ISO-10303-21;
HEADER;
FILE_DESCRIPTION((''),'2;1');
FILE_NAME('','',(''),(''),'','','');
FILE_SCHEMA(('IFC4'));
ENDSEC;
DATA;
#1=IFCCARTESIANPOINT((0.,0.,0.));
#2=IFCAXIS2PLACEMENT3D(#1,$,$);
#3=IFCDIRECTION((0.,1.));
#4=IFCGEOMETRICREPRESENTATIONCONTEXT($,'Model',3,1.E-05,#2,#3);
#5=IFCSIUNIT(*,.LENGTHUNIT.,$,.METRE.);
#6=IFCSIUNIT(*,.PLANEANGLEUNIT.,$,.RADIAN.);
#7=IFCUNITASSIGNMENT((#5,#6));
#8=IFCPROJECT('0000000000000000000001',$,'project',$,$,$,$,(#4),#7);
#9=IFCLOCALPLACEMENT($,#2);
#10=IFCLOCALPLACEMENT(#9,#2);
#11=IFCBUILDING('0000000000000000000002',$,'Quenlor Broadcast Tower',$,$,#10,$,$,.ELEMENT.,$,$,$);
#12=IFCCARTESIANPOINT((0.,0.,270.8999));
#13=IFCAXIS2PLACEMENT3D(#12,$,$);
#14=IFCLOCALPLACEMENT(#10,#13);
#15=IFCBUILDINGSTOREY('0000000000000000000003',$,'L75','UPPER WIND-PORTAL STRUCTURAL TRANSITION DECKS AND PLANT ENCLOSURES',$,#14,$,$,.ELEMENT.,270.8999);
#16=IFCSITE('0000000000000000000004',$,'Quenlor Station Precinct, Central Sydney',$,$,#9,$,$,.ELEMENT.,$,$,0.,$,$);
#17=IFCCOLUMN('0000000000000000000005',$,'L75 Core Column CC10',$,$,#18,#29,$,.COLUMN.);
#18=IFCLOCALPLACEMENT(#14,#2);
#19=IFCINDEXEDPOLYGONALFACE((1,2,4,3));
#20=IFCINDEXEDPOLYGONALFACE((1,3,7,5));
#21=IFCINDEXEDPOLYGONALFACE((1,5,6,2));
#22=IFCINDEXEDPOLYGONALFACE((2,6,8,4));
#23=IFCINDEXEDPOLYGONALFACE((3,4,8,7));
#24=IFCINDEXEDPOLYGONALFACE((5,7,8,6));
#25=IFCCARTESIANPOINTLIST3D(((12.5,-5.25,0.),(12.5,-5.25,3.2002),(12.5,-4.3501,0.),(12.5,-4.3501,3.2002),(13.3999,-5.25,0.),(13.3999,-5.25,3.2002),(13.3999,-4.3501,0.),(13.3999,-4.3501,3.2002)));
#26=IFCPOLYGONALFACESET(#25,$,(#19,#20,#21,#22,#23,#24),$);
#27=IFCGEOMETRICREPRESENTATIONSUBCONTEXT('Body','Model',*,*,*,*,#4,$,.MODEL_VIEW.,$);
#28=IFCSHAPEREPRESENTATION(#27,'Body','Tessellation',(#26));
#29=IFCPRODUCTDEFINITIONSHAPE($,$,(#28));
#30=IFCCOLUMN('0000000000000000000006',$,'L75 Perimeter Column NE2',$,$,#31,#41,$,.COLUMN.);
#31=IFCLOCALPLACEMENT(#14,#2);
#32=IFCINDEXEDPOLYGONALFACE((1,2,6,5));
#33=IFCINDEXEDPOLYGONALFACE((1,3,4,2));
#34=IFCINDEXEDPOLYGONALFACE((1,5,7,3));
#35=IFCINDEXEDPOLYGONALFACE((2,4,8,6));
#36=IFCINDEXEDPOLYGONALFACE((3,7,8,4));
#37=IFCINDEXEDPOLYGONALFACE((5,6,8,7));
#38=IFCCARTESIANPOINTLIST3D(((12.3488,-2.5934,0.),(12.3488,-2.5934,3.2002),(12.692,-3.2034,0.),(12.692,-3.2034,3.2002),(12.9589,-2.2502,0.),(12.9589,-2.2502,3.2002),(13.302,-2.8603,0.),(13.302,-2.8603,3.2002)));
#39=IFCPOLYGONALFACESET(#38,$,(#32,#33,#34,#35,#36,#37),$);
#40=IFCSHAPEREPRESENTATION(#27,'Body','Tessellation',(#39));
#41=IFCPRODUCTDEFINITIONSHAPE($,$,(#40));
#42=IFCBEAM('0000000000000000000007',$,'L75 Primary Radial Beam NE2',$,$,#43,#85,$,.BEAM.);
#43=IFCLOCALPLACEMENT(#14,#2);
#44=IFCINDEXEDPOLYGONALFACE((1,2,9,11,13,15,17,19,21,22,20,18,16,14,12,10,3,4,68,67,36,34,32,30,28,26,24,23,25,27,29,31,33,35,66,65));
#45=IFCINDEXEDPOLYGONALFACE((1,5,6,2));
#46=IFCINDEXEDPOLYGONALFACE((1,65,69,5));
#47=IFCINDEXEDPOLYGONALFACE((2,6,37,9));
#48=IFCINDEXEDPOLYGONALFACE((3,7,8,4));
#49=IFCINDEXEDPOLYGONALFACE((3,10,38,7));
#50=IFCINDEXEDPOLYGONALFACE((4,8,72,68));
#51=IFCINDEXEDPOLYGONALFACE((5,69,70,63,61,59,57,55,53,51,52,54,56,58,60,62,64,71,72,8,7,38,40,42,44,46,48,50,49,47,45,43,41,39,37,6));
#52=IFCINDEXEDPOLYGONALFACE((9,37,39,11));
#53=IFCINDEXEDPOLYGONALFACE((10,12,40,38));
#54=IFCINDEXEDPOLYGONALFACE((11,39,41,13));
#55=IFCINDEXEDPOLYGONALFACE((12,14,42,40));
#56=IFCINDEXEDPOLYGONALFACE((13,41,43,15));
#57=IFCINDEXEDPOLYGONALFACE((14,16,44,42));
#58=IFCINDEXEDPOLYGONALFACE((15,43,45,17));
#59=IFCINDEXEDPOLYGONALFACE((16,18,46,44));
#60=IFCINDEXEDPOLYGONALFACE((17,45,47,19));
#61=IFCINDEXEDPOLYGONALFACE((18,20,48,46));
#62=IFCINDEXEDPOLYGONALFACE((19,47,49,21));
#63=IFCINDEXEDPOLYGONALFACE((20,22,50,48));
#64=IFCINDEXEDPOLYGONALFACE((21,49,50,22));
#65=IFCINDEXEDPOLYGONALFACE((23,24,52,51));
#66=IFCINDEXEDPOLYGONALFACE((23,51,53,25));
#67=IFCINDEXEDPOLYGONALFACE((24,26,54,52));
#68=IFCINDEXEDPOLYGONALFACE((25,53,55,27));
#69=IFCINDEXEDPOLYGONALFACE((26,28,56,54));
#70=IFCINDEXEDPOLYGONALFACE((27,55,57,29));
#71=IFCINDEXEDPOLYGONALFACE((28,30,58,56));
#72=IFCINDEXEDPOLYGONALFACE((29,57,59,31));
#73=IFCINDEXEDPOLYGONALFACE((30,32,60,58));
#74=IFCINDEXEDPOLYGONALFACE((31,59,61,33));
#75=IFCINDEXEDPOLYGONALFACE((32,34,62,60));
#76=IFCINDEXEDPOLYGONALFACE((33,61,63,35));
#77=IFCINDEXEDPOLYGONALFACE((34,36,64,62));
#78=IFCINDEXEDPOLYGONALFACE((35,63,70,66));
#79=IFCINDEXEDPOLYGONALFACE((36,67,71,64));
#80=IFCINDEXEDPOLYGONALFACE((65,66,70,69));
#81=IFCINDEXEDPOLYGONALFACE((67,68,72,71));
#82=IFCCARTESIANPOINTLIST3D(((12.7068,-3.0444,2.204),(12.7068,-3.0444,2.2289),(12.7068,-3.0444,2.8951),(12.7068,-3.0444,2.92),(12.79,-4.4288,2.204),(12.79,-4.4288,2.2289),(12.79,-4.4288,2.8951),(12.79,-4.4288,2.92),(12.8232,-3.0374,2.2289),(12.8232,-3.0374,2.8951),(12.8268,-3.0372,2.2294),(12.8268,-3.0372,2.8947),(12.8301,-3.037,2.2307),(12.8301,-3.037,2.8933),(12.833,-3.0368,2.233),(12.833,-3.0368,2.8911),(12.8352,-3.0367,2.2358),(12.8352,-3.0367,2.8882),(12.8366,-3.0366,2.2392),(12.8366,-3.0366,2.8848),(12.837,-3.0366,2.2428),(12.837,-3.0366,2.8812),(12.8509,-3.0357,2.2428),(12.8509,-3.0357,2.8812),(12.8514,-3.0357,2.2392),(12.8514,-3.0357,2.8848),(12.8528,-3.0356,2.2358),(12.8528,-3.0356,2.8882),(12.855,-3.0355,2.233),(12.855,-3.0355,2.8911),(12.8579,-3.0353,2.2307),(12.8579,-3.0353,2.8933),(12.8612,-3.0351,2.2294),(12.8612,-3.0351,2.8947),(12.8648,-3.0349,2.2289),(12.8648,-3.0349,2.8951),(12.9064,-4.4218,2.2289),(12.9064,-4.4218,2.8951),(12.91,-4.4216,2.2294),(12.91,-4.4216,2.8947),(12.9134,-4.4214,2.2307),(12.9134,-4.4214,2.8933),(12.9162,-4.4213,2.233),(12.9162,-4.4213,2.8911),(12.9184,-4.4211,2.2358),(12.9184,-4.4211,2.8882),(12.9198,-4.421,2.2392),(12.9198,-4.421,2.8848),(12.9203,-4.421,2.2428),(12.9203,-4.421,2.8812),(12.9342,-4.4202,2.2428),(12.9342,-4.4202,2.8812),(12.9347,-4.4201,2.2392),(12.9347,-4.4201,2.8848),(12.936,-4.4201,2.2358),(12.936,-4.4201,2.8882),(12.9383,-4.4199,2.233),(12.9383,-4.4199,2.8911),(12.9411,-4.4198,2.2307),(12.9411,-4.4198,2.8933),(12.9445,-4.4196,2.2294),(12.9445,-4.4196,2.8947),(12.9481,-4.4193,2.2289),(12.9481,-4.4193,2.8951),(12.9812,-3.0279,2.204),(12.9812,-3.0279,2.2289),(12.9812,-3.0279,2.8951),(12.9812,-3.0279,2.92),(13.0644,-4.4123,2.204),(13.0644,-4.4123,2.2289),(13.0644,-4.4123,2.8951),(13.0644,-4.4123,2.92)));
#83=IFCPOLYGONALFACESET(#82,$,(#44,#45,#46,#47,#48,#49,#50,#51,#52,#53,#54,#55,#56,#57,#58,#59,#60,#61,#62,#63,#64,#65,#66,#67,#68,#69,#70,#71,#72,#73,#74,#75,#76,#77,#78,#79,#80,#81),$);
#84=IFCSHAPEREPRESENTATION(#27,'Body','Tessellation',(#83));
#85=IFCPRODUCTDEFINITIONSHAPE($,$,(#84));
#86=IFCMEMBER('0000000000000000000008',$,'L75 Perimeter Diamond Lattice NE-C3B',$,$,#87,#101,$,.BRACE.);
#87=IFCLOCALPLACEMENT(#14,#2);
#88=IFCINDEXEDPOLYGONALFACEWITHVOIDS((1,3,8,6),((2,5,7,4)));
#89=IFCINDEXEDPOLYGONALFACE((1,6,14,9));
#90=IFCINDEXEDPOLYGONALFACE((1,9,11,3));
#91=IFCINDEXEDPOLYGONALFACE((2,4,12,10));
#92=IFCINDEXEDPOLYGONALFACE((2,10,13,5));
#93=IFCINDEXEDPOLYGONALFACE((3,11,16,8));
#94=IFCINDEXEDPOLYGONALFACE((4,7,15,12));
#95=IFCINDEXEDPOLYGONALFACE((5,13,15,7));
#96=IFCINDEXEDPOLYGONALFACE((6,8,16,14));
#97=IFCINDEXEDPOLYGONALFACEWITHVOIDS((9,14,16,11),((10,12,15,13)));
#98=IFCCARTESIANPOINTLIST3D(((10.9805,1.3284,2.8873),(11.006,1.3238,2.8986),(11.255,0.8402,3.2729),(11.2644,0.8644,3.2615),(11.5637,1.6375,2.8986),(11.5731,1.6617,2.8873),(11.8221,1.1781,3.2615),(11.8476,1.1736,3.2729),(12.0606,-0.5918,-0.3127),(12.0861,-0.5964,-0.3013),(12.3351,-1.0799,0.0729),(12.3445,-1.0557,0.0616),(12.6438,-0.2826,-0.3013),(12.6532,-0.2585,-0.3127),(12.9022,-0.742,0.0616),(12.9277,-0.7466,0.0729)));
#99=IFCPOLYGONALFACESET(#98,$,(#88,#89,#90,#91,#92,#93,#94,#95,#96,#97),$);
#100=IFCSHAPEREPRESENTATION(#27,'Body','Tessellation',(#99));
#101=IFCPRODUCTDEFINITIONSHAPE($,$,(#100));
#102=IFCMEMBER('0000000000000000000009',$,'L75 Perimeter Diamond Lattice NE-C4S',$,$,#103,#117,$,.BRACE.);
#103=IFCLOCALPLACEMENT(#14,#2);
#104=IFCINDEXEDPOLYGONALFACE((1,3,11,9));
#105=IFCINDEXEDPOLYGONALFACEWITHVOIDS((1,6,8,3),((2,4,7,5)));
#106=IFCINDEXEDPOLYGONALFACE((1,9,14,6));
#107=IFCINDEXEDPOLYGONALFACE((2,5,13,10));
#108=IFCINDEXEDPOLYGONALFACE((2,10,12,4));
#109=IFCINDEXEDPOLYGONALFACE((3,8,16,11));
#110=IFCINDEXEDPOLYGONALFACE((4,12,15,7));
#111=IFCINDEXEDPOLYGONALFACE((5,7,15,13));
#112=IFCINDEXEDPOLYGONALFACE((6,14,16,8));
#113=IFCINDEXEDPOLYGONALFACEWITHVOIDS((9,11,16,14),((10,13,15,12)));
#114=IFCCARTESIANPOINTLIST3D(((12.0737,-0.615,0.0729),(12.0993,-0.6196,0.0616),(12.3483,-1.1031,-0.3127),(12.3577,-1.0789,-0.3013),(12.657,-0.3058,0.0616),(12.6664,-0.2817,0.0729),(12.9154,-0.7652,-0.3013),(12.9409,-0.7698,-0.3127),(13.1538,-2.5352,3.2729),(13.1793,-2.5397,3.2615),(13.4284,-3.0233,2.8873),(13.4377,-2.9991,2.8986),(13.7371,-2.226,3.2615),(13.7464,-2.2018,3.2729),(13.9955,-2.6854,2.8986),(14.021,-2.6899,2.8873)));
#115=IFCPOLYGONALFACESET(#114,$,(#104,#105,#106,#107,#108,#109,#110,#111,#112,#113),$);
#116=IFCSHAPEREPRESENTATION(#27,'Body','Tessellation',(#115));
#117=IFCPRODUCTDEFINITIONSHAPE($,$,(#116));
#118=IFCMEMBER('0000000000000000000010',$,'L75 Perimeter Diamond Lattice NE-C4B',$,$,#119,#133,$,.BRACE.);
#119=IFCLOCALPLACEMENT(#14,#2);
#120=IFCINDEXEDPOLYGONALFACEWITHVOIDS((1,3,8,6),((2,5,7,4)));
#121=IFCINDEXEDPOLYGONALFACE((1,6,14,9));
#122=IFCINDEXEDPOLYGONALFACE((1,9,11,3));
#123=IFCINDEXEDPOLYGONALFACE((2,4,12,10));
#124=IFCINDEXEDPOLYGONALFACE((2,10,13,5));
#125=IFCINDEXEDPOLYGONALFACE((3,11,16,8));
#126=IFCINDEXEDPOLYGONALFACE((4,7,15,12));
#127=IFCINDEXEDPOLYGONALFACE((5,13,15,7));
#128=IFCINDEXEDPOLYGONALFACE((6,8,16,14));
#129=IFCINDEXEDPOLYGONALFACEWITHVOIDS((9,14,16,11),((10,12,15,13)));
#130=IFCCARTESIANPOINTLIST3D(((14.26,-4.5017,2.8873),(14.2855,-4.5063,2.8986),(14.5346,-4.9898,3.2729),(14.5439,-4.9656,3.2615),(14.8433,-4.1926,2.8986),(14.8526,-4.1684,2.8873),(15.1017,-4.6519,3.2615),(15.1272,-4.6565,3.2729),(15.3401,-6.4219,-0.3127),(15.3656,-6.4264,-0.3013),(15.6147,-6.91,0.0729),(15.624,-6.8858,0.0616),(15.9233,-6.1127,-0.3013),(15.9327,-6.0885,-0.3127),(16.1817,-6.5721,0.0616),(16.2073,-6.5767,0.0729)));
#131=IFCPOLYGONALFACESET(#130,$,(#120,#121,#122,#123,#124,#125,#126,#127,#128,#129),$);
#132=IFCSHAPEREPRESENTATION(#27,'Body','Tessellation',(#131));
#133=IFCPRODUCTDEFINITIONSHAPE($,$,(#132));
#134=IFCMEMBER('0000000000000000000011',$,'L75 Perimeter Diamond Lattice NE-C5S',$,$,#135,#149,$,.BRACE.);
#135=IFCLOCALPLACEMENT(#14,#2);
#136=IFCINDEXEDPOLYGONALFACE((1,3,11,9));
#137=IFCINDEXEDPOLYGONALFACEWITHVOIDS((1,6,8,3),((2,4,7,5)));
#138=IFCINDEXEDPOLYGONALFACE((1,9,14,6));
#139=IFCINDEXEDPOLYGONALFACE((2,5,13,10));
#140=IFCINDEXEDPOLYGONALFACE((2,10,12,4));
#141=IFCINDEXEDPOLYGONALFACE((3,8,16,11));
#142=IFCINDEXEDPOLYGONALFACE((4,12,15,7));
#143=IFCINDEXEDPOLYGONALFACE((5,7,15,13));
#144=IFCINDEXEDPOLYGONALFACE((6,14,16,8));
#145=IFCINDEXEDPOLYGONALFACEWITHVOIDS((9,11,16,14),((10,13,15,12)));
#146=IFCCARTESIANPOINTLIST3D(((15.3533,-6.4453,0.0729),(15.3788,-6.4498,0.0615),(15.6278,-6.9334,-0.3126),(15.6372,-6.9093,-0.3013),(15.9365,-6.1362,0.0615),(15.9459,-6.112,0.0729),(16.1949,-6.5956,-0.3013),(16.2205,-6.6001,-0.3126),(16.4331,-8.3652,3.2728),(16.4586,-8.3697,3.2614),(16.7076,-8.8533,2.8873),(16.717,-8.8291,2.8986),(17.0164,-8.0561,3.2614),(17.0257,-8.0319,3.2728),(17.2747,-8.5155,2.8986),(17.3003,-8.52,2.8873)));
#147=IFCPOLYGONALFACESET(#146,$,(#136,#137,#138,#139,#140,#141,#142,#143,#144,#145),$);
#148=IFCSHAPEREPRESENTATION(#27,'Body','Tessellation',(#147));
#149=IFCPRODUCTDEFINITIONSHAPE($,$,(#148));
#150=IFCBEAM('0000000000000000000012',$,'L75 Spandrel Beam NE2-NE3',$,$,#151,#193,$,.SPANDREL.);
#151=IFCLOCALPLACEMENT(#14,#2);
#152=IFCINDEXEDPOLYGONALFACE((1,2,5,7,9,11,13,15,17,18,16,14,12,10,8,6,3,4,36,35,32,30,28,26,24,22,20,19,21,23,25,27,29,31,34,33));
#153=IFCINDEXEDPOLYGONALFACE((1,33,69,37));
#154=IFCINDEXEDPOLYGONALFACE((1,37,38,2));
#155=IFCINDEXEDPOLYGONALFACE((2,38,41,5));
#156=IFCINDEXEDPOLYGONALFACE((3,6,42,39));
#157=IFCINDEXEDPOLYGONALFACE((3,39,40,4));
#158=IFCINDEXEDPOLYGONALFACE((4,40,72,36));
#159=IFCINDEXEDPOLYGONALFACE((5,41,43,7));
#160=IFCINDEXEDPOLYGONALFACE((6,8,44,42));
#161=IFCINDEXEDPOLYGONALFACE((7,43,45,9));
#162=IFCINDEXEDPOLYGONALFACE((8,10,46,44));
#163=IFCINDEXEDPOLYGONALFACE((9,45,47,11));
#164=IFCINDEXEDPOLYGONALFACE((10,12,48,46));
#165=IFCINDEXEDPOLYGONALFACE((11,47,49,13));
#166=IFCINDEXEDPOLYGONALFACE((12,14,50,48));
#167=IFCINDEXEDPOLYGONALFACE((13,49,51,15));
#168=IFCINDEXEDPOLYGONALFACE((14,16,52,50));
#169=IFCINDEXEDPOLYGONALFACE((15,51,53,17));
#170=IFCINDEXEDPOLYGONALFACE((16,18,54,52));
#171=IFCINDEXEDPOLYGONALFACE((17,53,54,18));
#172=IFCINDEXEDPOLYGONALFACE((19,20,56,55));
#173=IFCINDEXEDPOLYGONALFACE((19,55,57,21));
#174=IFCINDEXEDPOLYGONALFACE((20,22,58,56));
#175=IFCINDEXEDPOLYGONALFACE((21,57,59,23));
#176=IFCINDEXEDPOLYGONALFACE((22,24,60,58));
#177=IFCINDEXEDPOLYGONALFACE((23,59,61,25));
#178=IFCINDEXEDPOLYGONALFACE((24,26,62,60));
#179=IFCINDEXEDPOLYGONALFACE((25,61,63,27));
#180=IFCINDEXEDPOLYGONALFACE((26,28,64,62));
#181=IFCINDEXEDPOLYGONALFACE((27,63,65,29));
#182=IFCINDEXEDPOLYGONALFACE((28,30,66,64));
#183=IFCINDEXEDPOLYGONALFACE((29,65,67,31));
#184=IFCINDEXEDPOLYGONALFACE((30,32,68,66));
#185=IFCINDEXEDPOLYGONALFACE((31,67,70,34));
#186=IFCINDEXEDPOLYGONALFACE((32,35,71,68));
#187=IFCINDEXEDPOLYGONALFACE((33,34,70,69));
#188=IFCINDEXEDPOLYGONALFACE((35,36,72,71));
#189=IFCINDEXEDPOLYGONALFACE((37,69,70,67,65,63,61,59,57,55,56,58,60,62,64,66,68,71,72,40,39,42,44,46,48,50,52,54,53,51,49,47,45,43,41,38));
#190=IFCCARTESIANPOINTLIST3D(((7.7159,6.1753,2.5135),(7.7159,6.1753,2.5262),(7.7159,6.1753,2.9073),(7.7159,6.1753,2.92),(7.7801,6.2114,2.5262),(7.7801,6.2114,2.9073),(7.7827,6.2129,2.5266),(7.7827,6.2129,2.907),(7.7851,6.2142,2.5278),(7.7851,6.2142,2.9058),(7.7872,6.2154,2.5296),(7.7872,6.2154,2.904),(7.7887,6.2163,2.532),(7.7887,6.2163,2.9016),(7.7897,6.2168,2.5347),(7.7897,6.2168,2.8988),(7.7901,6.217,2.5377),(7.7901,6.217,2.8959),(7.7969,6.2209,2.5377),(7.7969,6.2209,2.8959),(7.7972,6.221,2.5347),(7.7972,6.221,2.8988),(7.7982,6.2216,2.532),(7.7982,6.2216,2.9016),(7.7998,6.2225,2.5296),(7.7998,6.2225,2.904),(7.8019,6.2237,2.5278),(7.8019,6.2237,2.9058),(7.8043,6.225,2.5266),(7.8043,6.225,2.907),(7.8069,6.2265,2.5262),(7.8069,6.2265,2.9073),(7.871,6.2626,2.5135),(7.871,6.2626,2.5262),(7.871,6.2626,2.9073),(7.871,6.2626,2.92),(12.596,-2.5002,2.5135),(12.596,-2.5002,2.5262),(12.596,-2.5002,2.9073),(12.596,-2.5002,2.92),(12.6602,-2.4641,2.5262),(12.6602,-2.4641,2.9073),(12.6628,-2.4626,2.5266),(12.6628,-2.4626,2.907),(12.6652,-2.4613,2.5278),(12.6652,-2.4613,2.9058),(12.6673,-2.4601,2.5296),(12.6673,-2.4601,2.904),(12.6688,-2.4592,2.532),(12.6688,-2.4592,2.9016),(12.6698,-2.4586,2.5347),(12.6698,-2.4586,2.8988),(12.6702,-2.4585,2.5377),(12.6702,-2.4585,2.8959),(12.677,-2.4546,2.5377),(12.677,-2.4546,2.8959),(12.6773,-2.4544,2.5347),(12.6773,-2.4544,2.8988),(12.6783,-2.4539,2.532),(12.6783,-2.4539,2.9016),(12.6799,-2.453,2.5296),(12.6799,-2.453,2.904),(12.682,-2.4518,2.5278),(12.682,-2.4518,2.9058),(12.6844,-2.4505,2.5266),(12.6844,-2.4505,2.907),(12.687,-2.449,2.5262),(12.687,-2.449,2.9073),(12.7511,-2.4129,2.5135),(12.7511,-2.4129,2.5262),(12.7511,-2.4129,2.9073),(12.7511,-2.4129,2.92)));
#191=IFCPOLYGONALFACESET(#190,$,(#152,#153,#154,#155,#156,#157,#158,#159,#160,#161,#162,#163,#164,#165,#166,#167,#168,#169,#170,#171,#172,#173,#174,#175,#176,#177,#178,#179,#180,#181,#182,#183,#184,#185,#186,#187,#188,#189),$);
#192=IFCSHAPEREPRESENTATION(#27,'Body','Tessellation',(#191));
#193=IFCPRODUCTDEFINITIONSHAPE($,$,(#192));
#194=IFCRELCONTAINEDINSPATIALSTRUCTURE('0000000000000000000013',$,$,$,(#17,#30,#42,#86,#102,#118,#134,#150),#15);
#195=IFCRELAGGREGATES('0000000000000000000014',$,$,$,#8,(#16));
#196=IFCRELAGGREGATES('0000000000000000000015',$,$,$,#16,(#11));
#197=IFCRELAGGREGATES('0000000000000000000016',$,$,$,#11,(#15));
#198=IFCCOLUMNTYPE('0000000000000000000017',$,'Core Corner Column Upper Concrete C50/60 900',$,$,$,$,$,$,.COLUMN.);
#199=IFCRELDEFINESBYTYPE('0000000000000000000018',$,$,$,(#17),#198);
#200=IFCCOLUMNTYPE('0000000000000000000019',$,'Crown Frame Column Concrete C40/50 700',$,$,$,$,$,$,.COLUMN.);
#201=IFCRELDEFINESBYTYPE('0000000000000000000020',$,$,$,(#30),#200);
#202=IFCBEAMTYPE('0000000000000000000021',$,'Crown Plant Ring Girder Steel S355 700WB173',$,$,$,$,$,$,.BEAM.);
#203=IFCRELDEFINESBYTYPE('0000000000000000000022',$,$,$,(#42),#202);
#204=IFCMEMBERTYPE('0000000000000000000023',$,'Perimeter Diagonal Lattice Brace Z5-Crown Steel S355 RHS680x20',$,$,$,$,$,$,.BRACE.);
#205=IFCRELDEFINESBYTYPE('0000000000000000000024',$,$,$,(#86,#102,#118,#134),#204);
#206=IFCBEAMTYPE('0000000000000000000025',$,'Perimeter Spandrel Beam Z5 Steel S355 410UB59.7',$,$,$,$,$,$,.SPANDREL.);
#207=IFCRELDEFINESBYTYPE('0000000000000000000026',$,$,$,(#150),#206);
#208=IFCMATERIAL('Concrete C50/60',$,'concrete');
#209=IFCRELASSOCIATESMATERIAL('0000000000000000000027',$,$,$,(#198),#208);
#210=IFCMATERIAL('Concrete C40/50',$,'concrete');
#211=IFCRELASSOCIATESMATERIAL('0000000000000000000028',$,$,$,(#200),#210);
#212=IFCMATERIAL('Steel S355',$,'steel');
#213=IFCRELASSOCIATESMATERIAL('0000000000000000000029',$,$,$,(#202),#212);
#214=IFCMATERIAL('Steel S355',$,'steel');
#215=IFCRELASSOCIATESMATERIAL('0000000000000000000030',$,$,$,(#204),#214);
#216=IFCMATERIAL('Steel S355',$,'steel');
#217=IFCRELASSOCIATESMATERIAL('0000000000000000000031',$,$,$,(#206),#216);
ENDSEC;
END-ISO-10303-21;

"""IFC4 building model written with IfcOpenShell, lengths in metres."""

from ifc_helpers import new_model, si_unit, direction, frame, origin, origin_2d, place, context, subcontext, project, spatial, rectangle, hollow_rectangle, i_section, extrude, material, material_profile, profile_set, type_object, element, save


model = new_model("IFC4")

# Units and contexts
model_context = context("Model", 3, precision=1e-05, world=origin(), true_north=direction((0.0, 1.0)))
body_context = subcontext(model_context, "Body", "Model", "MODEL_VIEW")
ifc_project = project(units=[si_unit("LENGTHUNIT", "METRE"), si_unit("PLANEANGLEUNIT", "RADIAN")], contexts=[model_context])

# Site, building, storey
site_placement = place(None, origin())
site = spatial("IfcSite", under=ifc_project, at=site_placement, Name="Quenlor Station Precinct, Central Sydney", CompositionType="ELEMENT", RefElevation=0.0)
building_placement = place(site_placement, origin())
building = spatial("IfcBuilding", under=site, at=building_placement, Name="Quenlor Broadcast Tower", CompositionType="ELEMENT")
storey_placement = place(building_placement, frame((0.0, 0.0, 270.8999)))
storey = spatial("IfcBuildingStorey", under=building, at=storey_placement, Name="L75", Description="UPPER WIND-PORTAL STRUCTURAL TRANSITION DECKS AND PLANT ENCLOSURES", CompositionType="ELEMENT", Elevation=270.8999)

# Columns
ifc_material_1 = material(Name="Concrete C50/60", Category="concrete")
ifc_material_profile_1 = material_profile(ifc_material_1, rectangle(XDim=0.8999, YDim=0.8999, at=origin_2d()))
ifc_profile_set_1 = profile_set([ifc_material_profile_1], Name="Concrete C50/60 RC900x900")
column_type_1 = type_object("IfcColumnType", Name="Core Corner Column Upper Concrete C50/60 900", PredefinedType="COLUMN", material=ifc_profile_set_1)
column_1_placement = place(storey_placement, frame((12.95, -4.8, 0.0), z_axis=(0.0, 0.0, 1.0), x_axis=(1.0, 0.0, 0.0)))
element("IfcColumn", 1, at=column_1_placement, inside=storey, type_object=column_type_1, Name="L75 Core Column CC10", PredefinedType="COLUMN", context=body_context, shape_type="SweptSolid", body=[
    extrude(rectangle(XDim=0.8999, YDim=0.8999, at=origin_2d()), origin(), (0.0, 0.0, 1.0), 3.2002),
])
ifc_material_2 = material(Name="Concrete C40/50", Category="concrete")
ifc_material_profile_2 = material_profile(ifc_material_2, rectangle(XDim=0.7, YDim=0.7, at=origin_2d()))
ifc_profile_set_2 = profile_set([ifc_material_profile_2], Name="Concrete C40/50 RC700x700")
column_type_2 = type_object("IfcColumnType", Name="Crown Frame Column Concrete C40/50 700", PredefinedType="COLUMN", material=ifc_profile_set_2)
column_2_placement = place(storey_placement, frame((12.8254, -2.7268, 0.0), z_axis=(0.0, 0.0, 1.0), x_axis=(0.871575, 0.490262, 0.0)))
element("IfcColumn", 2, at=column_2_placement, inside=storey, type_object=column_type_2, Name="L75 Perimeter Column NE2", PredefinedType="COLUMN", context=body_context, shape_type="SweptSolid", body=[
    extrude(rectangle(XDim=0.7, YDim=0.7, at=origin_2d()), origin(), (0.0, 0.0, 1.0), 3.2002),
])

# Beam
ifc_material_3 = material(Name="Steel S355", Category="steel")
ifc_material_profile_3 = material_profile(ifc_material_3, i_section(OverallWidth=0.2749, OverallDepth=0.7161, WebThickness=0.0139, FlangeThickness=0.0249, FilletRadius=0.0139, at=origin_2d()))
ifc_profile_set_3 = profile_set([ifc_material_profile_3], Name="Steel S355 700WB173")
beam_type_1 = type_object("IfcBeamType", Name="Crown Plant Ring Girder Steel S355 700WB173", PredefinedType="BEAM", material=ifc_profile_set_3)
beam_1_placement = place(storey_placement, frame((12.844, -3.0361, 2.562), z_axis=(0.060022, -0.998197, 0.0), x_axis=(0.998197, 0.060022, 0.0)))
element("IfcBeam", 3, at=beam_1_placement, inside=storey, type_object=beam_type_1, Name="L75 Primary Radial Beam NE2", PredefinedType="BEAM", context=body_context, shape_type="SweptSolid", body=[
    extrude(i_section(OverallWidth=0.2749, OverallDepth=0.7161, WebThickness=0.0139, FlangeThickness=0.0249, FilletRadius=0.0139, at=origin_2d()), origin(), (0.0, 0.0, 1.0), 1.387),
])

# Members
ifc_material_4 = material(Name="Steel S355", Category="steel")
ifc_material_profile_4 = material_profile(ifc_material_4, hollow_rectangle(XDim=0.6799, YDim=0.6799, WallThickness=0.02, at=origin_2d()))
ifc_profile_set_4 = profile_set([ifc_material_profile_4], Name="Steel S355 RHS680x680x20")
member_type = type_object("IfcMemberType", Name="Perimeter Diagonal Lattice Brace Z5-Crown Steel S355 RHS680x20", PredefinedType="BRACE", material=ifc_profile_set_4)
for number, where, z_axis, x_axis, name in (
    (4, (12.4941, -0.6692, -0.1199), (-0.278012, 0.49425, 0.823666), (-0.871578, -0.490256, 0.0), "L75 Perimeter Diamond Lattice NE-C3B"),
    (5, (12.5073, -0.6924, -0.1199), (0.278012, -0.49425, 0.823666), (0.871578, 0.490256, 0.0), "L75 Perimeter Diamond Lattice NE-C4S"),
    (6, (15.7737, -6.4993, -0.1199), (-0.278012, 0.49425, 0.823666), (-0.871578, -0.490256, 0.0), "L75 Perimeter Diamond Lattice NE-C4B"),
):
    element("IfcMember", number, at=place(storey_placement, frame(where, z_axis=z_axis, x_axis=x_axis)), inside=storey, type_object=member_type, Name=name, PredefinedType="BRACE", context=body_context, shape_type="SweptSolid", body=[
        extrude(hollow_rectangle(XDim=0.6799, YDim=0.6799, WallThickness=0.02, at=origin_2d()), origin(), (0.0, 0.0, 1.0), 3.885),
    ])
member_placement = place(storey_placement, frame((15.7869, -6.5227, -0.1199), z_axis=(0.277962, -0.494211, 0.823706), x_axis=(0.871599, 0.490219, 0.0)))
element("IfcMember", 7, at=member_placement, inside=storey, type_object=member_type, Name="L75 Perimeter Diamond Lattice NE-C5S", PredefinedType="BRACE", context=body_context, shape_type="SweptSolid", body=[
    extrude(hollow_rectangle(XDim=0.6799, YDim=0.6799, WallThickness=0.02, at=origin_2d()), origin(), (0.0, 0.0, 1.0), 3.8848),
])

# Beam
ifc_material_5 = material(Name="Steel S355", Category="steel")
ifc_material_profile_5 = material_profile(ifc_material_5, i_section(OverallWidth=0.178, OverallDepth=0.4065, WebThickness=0.0078, FlangeThickness=0.0127, FilletRadius=0.0115, at=origin_2d()))
ifc_profile_set_5 = profile_set([ifc_material_profile_5], Name="Steel S355 410UB59.7")
beam_type_2 = type_object("IfcBeamType", Name="Perimeter Spandrel Beam Z5 Steel S355 410UB59.7", PredefinedType="SPANDREL", material=ifc_profile_set_5)
beam_2_placement = place(storey_placement, frame((12.6736, -2.4565, 2.7168), z_axis=(-0.490272, 0.87157, 0.0), x_axis=(-0.87157, -0.490272, 0.0)))
element("IfcBeam", 8, at=beam_2_placement, inside=storey, type_object=beam_type_2, Name="L75 Spandrel Beam NE2-NE3", PredefinedType="SPANDREL", context=body_context, shape_type="SweptSolid", body=[
    extrude(i_section(OverallWidth=0.178, OverallDepth=0.4065, WebThickness=0.0078, FlangeThickness=0.0127, FilletRadius=0.0115, at=origin_2d()), origin(), (0.0, 0.0, 1.0), 9.9539),
])

save(model, "model.ifc")
